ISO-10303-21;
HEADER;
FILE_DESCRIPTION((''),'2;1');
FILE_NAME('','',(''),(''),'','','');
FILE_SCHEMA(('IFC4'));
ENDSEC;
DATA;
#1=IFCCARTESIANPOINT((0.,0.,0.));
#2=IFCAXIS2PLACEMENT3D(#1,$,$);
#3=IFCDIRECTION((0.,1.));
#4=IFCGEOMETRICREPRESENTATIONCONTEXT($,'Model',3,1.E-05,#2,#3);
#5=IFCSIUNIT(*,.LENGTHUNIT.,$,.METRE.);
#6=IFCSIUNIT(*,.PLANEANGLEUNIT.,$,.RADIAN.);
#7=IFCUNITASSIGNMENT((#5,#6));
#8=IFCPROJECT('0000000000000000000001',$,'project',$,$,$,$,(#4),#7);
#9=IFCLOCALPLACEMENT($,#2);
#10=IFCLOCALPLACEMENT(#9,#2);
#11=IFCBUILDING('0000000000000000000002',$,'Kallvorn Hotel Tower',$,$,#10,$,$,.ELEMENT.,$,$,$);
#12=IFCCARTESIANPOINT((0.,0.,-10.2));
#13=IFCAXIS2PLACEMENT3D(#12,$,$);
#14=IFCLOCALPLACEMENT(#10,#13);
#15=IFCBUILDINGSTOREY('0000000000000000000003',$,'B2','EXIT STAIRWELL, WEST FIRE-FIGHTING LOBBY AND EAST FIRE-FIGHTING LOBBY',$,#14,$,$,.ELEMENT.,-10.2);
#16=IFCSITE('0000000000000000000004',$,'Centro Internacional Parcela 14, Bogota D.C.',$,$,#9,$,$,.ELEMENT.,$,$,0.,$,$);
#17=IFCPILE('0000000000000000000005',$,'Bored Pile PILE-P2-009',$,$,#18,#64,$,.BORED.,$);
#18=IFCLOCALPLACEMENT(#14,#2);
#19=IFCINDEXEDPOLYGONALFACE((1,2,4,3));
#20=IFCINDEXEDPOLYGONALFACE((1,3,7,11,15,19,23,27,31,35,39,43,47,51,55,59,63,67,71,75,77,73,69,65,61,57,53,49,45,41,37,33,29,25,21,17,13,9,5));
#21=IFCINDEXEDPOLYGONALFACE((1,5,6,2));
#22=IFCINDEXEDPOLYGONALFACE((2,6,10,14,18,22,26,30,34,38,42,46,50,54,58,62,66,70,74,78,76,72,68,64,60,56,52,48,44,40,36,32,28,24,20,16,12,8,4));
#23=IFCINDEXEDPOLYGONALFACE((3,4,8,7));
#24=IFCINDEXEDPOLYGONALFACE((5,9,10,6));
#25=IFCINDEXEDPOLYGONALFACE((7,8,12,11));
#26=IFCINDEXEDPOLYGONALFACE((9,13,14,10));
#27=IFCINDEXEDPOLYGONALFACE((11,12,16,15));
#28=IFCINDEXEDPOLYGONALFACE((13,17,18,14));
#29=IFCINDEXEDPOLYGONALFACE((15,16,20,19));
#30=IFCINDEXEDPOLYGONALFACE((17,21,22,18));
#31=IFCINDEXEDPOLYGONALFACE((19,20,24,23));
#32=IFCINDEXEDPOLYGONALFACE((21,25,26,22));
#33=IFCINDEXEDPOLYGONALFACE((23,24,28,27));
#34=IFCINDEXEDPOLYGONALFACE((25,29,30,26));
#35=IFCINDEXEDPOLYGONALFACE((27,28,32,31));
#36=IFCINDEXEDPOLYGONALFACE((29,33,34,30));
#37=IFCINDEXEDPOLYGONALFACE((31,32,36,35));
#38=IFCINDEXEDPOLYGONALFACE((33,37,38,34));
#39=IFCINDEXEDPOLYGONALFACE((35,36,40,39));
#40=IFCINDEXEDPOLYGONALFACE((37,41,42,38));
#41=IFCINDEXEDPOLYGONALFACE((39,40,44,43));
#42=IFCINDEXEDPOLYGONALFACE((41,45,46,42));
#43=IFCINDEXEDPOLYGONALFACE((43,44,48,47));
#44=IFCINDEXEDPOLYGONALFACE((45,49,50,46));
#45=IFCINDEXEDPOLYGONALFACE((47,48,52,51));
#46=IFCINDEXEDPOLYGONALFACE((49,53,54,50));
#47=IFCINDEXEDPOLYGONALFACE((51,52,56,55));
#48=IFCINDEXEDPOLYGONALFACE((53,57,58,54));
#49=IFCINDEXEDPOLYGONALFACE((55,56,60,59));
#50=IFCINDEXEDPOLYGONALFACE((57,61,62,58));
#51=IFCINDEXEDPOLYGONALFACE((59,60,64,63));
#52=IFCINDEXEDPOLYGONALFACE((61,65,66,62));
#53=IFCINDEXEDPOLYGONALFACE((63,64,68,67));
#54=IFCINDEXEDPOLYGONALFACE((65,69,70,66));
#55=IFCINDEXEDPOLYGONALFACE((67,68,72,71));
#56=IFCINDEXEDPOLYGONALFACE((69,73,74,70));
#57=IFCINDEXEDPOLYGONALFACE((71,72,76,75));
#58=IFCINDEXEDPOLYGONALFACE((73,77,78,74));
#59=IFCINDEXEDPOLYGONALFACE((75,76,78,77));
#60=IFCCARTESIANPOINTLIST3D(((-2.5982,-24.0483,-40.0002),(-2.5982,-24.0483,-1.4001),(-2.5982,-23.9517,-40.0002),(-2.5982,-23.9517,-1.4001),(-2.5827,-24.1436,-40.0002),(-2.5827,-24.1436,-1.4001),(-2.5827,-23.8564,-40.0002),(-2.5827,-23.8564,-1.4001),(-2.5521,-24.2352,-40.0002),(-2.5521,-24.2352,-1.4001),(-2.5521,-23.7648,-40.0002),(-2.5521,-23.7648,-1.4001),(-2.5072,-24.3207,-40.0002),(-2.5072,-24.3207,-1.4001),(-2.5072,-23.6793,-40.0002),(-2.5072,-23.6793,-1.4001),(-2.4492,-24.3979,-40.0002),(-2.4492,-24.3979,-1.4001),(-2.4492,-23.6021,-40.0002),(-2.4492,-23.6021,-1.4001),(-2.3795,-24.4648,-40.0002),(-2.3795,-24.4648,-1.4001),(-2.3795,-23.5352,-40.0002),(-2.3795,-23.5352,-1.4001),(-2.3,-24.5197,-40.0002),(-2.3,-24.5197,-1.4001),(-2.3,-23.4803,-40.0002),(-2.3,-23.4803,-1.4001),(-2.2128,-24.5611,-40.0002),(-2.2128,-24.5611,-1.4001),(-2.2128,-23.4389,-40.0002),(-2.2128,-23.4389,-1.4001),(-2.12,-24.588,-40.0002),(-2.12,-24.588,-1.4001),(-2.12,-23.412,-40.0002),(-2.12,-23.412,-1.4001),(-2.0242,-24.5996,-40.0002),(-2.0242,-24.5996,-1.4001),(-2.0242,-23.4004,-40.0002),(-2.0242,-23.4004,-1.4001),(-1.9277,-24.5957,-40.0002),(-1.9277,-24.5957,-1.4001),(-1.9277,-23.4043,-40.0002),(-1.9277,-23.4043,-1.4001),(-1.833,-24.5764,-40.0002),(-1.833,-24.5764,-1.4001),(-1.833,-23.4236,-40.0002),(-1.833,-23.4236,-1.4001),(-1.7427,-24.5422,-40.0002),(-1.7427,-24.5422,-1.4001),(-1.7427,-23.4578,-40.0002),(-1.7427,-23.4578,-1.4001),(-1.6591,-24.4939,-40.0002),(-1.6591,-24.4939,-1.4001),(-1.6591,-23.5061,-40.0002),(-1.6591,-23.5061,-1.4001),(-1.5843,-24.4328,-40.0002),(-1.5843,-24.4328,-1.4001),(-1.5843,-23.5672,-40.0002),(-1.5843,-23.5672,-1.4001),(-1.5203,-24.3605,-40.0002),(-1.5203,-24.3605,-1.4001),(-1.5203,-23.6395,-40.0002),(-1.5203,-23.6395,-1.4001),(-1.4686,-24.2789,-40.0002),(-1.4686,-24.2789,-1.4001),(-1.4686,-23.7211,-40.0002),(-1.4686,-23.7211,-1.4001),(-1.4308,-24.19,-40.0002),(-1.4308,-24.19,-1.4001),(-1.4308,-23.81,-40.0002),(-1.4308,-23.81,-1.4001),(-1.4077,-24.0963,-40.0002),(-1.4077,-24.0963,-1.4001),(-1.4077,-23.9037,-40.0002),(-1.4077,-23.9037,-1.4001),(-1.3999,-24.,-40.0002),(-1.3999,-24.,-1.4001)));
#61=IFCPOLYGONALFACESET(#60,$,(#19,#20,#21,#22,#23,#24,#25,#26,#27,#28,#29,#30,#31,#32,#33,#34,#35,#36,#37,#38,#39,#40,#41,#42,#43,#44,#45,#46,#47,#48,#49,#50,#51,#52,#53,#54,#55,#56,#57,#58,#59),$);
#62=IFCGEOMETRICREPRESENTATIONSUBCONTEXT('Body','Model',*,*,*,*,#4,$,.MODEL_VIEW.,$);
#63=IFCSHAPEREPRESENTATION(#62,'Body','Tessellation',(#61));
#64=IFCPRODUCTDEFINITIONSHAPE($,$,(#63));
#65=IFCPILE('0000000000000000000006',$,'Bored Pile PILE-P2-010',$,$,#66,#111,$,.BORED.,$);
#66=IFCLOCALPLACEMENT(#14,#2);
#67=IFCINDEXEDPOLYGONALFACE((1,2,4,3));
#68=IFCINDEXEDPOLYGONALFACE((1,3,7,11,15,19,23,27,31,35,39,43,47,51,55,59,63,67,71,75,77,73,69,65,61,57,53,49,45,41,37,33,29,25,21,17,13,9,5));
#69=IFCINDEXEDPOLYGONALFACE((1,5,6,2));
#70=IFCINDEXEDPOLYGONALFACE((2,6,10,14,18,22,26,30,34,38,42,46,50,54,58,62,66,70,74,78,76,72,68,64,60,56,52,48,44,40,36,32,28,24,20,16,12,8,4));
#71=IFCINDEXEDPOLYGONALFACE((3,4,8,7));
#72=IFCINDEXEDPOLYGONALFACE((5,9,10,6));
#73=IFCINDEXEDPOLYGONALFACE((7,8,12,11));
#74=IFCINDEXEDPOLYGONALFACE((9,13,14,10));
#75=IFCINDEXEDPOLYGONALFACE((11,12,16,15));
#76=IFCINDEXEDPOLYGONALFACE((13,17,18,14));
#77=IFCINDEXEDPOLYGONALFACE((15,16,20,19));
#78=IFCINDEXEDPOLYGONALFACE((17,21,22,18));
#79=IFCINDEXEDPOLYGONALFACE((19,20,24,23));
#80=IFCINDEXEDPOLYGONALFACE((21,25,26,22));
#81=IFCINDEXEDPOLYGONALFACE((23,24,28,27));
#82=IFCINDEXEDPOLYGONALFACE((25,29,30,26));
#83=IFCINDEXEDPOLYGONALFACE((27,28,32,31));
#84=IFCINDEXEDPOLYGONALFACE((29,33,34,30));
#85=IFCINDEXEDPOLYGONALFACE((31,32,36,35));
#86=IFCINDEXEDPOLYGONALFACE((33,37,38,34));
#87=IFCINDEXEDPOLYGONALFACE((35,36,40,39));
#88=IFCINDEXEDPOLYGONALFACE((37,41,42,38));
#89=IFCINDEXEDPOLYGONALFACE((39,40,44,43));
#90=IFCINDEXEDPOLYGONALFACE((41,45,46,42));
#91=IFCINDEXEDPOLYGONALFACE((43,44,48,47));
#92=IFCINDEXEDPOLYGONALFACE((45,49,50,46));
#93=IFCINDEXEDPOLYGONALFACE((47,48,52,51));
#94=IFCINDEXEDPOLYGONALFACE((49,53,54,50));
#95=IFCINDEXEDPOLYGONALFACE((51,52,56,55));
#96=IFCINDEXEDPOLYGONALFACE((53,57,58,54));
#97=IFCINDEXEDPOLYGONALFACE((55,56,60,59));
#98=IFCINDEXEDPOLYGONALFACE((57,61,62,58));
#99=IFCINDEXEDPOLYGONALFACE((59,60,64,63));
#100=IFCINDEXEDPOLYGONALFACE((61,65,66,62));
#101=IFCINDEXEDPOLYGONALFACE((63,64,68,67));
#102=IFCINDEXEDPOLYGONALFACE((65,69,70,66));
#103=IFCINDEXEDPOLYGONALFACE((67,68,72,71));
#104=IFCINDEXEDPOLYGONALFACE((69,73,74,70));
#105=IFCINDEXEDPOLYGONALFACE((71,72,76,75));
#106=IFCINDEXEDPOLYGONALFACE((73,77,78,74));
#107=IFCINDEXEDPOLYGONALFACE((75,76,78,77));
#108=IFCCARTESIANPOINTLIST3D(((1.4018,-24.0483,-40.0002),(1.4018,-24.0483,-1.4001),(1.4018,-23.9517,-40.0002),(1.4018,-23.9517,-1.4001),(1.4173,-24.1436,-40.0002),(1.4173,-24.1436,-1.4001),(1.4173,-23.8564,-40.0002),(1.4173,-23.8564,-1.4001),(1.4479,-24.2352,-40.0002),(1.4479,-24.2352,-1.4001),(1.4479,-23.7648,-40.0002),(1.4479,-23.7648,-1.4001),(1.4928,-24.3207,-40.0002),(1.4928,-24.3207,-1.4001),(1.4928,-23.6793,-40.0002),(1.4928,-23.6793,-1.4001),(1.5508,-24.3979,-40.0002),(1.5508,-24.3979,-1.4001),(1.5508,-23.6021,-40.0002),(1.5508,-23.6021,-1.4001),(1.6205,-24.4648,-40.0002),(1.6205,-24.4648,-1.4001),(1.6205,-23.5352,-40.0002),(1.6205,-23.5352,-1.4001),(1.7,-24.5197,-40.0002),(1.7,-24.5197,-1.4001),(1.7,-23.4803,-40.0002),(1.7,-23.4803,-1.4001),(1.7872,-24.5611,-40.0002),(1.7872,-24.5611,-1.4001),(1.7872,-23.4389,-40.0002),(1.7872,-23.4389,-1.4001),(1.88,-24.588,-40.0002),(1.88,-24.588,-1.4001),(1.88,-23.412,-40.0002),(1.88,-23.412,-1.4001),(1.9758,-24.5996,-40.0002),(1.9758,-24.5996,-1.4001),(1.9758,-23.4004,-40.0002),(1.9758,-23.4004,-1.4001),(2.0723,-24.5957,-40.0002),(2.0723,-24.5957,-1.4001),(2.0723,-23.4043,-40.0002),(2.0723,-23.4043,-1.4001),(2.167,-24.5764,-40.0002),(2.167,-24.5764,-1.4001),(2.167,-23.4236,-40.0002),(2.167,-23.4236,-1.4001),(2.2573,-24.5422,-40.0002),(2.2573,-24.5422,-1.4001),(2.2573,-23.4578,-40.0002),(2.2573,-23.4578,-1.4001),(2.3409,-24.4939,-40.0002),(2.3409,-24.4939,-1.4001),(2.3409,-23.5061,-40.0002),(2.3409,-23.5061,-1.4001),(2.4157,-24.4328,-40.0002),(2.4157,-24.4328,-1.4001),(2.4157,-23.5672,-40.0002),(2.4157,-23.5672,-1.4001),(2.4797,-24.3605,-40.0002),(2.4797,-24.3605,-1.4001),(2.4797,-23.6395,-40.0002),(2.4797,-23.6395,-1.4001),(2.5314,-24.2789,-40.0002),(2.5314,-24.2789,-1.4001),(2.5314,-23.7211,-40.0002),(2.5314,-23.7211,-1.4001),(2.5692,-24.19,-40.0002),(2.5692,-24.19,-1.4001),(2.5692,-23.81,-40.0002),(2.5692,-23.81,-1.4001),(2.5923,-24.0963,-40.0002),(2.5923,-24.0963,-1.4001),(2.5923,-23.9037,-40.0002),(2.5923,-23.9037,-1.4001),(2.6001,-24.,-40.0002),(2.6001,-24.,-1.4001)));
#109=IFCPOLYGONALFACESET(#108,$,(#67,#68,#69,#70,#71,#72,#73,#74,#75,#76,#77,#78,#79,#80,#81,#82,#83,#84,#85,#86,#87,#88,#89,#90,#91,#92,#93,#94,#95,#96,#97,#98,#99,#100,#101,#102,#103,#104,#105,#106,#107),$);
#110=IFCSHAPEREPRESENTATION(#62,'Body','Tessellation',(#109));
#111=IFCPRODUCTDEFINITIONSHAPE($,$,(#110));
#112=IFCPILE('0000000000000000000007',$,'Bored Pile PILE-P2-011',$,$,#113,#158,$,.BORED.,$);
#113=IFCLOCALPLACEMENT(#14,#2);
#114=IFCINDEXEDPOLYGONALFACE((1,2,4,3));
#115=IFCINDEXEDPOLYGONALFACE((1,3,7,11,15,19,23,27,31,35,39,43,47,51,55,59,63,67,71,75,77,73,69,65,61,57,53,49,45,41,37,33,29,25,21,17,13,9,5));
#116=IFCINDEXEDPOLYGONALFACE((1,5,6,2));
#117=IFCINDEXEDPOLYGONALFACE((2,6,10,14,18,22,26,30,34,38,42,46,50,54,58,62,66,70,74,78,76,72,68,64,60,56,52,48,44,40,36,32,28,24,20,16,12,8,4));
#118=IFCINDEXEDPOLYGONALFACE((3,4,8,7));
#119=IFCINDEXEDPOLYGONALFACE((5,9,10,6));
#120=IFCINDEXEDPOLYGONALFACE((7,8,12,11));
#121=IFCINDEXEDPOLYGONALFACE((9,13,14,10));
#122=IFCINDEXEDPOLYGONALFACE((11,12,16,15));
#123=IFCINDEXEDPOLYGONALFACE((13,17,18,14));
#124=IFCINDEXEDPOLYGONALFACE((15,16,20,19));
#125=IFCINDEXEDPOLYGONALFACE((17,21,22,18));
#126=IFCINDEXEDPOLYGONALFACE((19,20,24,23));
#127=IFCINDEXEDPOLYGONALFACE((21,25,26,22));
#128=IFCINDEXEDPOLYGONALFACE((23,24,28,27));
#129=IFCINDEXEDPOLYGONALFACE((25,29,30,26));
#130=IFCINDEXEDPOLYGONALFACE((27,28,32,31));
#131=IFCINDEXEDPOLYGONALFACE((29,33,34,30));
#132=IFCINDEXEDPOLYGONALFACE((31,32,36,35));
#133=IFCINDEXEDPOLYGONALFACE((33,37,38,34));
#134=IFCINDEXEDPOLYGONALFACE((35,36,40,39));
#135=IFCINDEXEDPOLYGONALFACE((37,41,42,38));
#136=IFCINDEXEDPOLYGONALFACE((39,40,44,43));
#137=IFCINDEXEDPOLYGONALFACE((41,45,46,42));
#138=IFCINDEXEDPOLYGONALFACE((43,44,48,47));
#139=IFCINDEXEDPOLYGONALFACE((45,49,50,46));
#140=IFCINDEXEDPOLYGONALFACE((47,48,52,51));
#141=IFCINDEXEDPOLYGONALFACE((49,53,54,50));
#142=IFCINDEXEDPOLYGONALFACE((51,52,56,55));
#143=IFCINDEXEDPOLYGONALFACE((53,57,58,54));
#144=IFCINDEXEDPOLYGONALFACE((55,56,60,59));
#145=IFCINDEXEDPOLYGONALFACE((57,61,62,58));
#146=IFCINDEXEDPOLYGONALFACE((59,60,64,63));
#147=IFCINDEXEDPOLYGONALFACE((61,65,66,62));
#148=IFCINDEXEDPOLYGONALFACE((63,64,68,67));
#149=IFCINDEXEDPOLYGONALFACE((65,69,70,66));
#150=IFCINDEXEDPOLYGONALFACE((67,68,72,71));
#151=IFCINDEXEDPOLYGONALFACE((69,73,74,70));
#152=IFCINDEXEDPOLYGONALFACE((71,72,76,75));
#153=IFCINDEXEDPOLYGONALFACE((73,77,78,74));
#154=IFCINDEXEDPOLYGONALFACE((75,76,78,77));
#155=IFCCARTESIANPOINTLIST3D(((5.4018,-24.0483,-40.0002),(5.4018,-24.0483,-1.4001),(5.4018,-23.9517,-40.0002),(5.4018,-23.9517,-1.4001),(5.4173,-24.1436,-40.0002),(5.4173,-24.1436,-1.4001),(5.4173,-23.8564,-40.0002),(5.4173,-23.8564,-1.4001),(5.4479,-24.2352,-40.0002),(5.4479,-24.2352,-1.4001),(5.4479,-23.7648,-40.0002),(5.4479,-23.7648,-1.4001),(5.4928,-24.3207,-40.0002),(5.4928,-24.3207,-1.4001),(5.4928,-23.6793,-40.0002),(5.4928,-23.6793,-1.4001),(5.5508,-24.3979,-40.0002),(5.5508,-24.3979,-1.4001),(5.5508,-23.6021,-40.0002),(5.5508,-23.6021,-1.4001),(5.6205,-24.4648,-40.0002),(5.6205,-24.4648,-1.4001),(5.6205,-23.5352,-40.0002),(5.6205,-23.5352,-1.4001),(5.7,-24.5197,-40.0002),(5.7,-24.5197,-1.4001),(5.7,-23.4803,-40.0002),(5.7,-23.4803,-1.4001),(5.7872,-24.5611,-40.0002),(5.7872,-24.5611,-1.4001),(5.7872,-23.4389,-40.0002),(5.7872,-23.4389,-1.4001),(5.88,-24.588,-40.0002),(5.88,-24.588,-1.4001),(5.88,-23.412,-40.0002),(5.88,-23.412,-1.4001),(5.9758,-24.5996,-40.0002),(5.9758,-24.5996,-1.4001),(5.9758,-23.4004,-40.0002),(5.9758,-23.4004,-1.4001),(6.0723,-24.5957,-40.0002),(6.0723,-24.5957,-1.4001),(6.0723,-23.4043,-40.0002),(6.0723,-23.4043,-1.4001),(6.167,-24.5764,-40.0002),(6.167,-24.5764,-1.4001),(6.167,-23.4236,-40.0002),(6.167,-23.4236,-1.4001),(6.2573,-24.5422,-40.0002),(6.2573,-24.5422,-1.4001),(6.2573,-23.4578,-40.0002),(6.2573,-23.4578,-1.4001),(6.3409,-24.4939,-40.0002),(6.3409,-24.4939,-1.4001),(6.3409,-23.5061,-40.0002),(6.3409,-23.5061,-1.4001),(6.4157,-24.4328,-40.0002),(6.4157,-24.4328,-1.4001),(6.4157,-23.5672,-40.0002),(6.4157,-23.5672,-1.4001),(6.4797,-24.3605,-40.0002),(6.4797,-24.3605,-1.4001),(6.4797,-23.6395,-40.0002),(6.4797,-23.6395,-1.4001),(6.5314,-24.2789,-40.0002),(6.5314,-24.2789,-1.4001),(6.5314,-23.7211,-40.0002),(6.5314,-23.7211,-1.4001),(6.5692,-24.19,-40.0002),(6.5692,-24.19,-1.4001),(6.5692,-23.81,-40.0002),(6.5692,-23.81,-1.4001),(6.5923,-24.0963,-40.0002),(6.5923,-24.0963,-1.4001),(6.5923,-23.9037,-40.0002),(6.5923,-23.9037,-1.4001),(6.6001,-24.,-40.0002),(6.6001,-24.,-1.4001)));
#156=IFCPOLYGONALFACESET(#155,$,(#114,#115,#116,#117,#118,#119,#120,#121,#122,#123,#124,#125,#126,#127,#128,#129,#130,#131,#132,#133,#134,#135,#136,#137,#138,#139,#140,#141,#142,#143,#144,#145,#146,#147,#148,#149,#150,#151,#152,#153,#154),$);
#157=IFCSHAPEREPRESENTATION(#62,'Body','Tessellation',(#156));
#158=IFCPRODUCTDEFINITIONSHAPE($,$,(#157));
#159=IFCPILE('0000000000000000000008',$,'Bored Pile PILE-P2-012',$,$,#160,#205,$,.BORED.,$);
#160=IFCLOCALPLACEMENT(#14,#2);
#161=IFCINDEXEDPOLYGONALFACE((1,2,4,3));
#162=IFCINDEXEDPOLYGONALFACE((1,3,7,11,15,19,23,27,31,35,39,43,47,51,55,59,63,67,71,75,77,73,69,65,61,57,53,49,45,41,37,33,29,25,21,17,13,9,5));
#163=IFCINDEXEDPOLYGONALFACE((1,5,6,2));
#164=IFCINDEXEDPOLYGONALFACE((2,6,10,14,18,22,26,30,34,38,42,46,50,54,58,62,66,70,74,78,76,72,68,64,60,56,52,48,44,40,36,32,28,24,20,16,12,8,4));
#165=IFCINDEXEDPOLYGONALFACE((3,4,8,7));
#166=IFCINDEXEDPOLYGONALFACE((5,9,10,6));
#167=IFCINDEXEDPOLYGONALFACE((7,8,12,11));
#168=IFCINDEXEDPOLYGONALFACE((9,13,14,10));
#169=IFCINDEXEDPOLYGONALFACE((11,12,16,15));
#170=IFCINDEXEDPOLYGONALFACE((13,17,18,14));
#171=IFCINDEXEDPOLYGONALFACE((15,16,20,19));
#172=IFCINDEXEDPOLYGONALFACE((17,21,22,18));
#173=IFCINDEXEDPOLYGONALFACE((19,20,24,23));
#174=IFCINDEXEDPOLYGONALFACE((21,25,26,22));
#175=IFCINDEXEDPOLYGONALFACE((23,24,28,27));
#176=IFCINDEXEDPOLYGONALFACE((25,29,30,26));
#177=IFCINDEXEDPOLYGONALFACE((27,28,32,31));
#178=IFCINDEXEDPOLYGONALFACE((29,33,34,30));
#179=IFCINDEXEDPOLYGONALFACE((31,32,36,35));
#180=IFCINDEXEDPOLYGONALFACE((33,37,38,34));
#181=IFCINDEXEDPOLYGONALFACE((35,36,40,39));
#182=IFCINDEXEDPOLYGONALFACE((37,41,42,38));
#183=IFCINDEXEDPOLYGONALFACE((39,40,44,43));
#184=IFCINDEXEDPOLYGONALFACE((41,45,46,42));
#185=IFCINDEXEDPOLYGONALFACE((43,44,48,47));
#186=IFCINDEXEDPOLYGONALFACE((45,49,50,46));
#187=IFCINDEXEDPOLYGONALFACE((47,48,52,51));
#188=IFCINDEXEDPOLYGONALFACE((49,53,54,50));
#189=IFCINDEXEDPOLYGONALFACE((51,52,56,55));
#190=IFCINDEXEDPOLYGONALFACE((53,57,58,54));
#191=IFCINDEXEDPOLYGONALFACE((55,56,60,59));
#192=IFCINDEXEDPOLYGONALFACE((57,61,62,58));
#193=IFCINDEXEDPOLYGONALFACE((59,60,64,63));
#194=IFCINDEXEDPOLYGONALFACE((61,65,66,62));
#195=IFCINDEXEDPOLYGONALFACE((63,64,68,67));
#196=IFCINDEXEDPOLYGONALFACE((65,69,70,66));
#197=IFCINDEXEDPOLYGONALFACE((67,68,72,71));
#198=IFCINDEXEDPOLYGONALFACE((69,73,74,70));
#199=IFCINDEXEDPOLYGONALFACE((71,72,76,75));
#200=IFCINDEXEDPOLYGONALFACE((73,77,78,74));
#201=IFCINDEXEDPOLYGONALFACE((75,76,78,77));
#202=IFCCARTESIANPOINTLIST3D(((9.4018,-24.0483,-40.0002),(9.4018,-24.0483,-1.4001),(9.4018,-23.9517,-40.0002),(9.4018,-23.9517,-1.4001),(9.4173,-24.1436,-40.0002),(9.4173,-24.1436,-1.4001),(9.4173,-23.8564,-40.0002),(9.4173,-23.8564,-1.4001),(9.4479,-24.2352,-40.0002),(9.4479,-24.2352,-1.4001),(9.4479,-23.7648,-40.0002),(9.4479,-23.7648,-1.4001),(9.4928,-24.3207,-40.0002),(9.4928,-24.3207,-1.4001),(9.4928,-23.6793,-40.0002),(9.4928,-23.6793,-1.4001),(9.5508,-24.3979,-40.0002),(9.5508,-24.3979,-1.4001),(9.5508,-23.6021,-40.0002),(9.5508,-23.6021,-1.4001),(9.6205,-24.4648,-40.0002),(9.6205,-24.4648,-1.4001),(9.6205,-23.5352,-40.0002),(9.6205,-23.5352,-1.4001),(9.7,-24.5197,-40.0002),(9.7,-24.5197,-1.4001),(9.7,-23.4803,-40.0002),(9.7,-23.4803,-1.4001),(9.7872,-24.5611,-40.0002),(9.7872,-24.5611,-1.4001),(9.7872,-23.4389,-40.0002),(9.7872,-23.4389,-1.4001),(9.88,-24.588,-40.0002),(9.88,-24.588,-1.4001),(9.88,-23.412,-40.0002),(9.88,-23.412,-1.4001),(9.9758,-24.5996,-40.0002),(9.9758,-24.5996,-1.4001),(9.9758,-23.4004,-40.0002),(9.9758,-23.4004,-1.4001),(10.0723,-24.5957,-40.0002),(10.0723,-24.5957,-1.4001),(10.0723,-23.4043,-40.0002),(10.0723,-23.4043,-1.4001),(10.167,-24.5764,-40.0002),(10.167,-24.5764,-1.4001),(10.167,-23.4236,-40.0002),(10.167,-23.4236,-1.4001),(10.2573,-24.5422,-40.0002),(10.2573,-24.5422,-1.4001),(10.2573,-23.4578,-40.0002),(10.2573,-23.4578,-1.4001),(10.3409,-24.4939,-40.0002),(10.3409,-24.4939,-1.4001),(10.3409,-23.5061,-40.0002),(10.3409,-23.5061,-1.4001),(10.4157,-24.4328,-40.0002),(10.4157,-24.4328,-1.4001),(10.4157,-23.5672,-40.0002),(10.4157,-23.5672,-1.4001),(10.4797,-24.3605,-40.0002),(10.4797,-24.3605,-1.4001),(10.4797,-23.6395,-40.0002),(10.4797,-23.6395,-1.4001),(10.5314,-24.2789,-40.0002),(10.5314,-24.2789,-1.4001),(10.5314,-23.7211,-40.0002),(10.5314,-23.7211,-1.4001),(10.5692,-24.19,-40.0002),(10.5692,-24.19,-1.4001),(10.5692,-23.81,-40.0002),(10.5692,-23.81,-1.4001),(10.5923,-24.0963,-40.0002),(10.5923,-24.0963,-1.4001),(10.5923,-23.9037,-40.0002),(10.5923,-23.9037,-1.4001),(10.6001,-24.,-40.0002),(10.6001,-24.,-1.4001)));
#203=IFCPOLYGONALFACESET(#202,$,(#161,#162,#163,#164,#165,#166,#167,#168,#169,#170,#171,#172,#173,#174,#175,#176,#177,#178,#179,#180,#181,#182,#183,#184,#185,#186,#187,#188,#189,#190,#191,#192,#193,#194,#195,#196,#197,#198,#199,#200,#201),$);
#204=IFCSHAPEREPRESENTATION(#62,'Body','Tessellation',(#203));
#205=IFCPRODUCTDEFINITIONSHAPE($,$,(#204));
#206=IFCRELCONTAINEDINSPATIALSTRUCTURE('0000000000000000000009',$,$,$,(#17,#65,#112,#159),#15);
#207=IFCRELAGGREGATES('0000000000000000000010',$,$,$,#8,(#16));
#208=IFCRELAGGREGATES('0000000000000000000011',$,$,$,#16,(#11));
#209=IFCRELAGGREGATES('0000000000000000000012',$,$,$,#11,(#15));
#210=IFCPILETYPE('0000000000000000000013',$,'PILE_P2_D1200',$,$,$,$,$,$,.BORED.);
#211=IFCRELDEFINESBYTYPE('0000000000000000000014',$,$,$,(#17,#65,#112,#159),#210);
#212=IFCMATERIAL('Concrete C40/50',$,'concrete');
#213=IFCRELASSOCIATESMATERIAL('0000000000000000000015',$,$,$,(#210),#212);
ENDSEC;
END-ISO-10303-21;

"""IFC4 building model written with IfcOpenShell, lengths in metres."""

from ifc_helpers import new_model, si_unit, direction, frame, origin, origin_2d, place, context, subcontext, project, spatial, circle, extrude, material, material_profile, profile_set, type_object, element, save


model = new_model("IFC4")

# Units and contexts
model_context = context("Model", 3, precision=1e-05, world=origin(), true_north=direction((0.0, 1.0)))
body_context = subcontext(model_context, "Body", "Model", "MODEL_VIEW")
ifc_project = project(units=[si_unit("LENGTHUNIT", "METRE"), si_unit("PLANEANGLEUNIT", "RADIAN")], contexts=[model_context])

# Site, building, storey
site_placement = place(None, origin())
site = spatial("IfcSite", under=ifc_project, at=site_placement, Name="Centro Internacional Parcela 14, Bogota D.C.", CompositionType="ELEMENT", RefElevation=0.0)
building_placement = place(site_placement, origin())
building = spatial("IfcBuilding", under=site, at=building_placement, Name="Kallvorn Hotel Tower", CompositionType="ELEMENT")
storey_placement = place(building_placement, frame((0.0, 0.0, -10.2)))
storey = spatial("IfcBuildingStorey", under=building, at=storey_placement, Name="B2", Description="EXIT STAIRWELL, WEST FIRE-FIGHTING LOBBY AND EAST FIRE-FIGHTING LOBBY", CompositionType="ELEMENT", Elevation=-10.2)

# Piles
ifc_material_1 = material(Name="Concrete C40/50", Category="concrete")
ifc_material_profile_1 = material_profile(ifc_material_1, circle(Radius=0.6001, at=origin_2d()), Name="PILE D1200")
ifc_profile_set_1 = profile_set([ifc_material_profile_1], Name="Concrete C40/50")
pile_type_1 = type_object("IfcPileType", Name="PILE_P2_D1200", PredefinedType="BORED", material=ifc_profile_set_1)
for number, where, z_axis, x_axis, name in (
    (1, (-2.0, -24.0, -1.4001), (0.0, 0.0, -1.0), (1.0, 0.0, 0.0), "Bored Pile PILE-P2-009"),
    (2, (2.0, -24.0, -1.4001), (0.0, 0.0, -1.0), (1.0, 0.0, 0.0), "Bored Pile PILE-P2-010"),
    (3, (6.0, -24.0, -1.4001), (0.0, 0.0, -1.0), (1.0, 0.0, 0.0), "Bored Pile PILE-P2-011"),
    (4, (10.0, -24.0, -1.4001), (0.0, 0.0, -1.0), (1.0, 0.0, 0.0), "Bored Pile PILE-P2-012"),
):
    element("IfcPile", number, at=place(storey_placement, frame(where, z_axis=z_axis, x_axis=x_axis)), inside=storey, type_object=pile_type_1, Name=name, PredefinedType="BORED", context=body_context, shape_type="SweptSolid", body=[
        extrude(circle(Radius=0.6001, at=origin_2d()), origin(), (0.0, 0.0, 1.0), 38.6001),
    ])

save(model, "model.ifc")
